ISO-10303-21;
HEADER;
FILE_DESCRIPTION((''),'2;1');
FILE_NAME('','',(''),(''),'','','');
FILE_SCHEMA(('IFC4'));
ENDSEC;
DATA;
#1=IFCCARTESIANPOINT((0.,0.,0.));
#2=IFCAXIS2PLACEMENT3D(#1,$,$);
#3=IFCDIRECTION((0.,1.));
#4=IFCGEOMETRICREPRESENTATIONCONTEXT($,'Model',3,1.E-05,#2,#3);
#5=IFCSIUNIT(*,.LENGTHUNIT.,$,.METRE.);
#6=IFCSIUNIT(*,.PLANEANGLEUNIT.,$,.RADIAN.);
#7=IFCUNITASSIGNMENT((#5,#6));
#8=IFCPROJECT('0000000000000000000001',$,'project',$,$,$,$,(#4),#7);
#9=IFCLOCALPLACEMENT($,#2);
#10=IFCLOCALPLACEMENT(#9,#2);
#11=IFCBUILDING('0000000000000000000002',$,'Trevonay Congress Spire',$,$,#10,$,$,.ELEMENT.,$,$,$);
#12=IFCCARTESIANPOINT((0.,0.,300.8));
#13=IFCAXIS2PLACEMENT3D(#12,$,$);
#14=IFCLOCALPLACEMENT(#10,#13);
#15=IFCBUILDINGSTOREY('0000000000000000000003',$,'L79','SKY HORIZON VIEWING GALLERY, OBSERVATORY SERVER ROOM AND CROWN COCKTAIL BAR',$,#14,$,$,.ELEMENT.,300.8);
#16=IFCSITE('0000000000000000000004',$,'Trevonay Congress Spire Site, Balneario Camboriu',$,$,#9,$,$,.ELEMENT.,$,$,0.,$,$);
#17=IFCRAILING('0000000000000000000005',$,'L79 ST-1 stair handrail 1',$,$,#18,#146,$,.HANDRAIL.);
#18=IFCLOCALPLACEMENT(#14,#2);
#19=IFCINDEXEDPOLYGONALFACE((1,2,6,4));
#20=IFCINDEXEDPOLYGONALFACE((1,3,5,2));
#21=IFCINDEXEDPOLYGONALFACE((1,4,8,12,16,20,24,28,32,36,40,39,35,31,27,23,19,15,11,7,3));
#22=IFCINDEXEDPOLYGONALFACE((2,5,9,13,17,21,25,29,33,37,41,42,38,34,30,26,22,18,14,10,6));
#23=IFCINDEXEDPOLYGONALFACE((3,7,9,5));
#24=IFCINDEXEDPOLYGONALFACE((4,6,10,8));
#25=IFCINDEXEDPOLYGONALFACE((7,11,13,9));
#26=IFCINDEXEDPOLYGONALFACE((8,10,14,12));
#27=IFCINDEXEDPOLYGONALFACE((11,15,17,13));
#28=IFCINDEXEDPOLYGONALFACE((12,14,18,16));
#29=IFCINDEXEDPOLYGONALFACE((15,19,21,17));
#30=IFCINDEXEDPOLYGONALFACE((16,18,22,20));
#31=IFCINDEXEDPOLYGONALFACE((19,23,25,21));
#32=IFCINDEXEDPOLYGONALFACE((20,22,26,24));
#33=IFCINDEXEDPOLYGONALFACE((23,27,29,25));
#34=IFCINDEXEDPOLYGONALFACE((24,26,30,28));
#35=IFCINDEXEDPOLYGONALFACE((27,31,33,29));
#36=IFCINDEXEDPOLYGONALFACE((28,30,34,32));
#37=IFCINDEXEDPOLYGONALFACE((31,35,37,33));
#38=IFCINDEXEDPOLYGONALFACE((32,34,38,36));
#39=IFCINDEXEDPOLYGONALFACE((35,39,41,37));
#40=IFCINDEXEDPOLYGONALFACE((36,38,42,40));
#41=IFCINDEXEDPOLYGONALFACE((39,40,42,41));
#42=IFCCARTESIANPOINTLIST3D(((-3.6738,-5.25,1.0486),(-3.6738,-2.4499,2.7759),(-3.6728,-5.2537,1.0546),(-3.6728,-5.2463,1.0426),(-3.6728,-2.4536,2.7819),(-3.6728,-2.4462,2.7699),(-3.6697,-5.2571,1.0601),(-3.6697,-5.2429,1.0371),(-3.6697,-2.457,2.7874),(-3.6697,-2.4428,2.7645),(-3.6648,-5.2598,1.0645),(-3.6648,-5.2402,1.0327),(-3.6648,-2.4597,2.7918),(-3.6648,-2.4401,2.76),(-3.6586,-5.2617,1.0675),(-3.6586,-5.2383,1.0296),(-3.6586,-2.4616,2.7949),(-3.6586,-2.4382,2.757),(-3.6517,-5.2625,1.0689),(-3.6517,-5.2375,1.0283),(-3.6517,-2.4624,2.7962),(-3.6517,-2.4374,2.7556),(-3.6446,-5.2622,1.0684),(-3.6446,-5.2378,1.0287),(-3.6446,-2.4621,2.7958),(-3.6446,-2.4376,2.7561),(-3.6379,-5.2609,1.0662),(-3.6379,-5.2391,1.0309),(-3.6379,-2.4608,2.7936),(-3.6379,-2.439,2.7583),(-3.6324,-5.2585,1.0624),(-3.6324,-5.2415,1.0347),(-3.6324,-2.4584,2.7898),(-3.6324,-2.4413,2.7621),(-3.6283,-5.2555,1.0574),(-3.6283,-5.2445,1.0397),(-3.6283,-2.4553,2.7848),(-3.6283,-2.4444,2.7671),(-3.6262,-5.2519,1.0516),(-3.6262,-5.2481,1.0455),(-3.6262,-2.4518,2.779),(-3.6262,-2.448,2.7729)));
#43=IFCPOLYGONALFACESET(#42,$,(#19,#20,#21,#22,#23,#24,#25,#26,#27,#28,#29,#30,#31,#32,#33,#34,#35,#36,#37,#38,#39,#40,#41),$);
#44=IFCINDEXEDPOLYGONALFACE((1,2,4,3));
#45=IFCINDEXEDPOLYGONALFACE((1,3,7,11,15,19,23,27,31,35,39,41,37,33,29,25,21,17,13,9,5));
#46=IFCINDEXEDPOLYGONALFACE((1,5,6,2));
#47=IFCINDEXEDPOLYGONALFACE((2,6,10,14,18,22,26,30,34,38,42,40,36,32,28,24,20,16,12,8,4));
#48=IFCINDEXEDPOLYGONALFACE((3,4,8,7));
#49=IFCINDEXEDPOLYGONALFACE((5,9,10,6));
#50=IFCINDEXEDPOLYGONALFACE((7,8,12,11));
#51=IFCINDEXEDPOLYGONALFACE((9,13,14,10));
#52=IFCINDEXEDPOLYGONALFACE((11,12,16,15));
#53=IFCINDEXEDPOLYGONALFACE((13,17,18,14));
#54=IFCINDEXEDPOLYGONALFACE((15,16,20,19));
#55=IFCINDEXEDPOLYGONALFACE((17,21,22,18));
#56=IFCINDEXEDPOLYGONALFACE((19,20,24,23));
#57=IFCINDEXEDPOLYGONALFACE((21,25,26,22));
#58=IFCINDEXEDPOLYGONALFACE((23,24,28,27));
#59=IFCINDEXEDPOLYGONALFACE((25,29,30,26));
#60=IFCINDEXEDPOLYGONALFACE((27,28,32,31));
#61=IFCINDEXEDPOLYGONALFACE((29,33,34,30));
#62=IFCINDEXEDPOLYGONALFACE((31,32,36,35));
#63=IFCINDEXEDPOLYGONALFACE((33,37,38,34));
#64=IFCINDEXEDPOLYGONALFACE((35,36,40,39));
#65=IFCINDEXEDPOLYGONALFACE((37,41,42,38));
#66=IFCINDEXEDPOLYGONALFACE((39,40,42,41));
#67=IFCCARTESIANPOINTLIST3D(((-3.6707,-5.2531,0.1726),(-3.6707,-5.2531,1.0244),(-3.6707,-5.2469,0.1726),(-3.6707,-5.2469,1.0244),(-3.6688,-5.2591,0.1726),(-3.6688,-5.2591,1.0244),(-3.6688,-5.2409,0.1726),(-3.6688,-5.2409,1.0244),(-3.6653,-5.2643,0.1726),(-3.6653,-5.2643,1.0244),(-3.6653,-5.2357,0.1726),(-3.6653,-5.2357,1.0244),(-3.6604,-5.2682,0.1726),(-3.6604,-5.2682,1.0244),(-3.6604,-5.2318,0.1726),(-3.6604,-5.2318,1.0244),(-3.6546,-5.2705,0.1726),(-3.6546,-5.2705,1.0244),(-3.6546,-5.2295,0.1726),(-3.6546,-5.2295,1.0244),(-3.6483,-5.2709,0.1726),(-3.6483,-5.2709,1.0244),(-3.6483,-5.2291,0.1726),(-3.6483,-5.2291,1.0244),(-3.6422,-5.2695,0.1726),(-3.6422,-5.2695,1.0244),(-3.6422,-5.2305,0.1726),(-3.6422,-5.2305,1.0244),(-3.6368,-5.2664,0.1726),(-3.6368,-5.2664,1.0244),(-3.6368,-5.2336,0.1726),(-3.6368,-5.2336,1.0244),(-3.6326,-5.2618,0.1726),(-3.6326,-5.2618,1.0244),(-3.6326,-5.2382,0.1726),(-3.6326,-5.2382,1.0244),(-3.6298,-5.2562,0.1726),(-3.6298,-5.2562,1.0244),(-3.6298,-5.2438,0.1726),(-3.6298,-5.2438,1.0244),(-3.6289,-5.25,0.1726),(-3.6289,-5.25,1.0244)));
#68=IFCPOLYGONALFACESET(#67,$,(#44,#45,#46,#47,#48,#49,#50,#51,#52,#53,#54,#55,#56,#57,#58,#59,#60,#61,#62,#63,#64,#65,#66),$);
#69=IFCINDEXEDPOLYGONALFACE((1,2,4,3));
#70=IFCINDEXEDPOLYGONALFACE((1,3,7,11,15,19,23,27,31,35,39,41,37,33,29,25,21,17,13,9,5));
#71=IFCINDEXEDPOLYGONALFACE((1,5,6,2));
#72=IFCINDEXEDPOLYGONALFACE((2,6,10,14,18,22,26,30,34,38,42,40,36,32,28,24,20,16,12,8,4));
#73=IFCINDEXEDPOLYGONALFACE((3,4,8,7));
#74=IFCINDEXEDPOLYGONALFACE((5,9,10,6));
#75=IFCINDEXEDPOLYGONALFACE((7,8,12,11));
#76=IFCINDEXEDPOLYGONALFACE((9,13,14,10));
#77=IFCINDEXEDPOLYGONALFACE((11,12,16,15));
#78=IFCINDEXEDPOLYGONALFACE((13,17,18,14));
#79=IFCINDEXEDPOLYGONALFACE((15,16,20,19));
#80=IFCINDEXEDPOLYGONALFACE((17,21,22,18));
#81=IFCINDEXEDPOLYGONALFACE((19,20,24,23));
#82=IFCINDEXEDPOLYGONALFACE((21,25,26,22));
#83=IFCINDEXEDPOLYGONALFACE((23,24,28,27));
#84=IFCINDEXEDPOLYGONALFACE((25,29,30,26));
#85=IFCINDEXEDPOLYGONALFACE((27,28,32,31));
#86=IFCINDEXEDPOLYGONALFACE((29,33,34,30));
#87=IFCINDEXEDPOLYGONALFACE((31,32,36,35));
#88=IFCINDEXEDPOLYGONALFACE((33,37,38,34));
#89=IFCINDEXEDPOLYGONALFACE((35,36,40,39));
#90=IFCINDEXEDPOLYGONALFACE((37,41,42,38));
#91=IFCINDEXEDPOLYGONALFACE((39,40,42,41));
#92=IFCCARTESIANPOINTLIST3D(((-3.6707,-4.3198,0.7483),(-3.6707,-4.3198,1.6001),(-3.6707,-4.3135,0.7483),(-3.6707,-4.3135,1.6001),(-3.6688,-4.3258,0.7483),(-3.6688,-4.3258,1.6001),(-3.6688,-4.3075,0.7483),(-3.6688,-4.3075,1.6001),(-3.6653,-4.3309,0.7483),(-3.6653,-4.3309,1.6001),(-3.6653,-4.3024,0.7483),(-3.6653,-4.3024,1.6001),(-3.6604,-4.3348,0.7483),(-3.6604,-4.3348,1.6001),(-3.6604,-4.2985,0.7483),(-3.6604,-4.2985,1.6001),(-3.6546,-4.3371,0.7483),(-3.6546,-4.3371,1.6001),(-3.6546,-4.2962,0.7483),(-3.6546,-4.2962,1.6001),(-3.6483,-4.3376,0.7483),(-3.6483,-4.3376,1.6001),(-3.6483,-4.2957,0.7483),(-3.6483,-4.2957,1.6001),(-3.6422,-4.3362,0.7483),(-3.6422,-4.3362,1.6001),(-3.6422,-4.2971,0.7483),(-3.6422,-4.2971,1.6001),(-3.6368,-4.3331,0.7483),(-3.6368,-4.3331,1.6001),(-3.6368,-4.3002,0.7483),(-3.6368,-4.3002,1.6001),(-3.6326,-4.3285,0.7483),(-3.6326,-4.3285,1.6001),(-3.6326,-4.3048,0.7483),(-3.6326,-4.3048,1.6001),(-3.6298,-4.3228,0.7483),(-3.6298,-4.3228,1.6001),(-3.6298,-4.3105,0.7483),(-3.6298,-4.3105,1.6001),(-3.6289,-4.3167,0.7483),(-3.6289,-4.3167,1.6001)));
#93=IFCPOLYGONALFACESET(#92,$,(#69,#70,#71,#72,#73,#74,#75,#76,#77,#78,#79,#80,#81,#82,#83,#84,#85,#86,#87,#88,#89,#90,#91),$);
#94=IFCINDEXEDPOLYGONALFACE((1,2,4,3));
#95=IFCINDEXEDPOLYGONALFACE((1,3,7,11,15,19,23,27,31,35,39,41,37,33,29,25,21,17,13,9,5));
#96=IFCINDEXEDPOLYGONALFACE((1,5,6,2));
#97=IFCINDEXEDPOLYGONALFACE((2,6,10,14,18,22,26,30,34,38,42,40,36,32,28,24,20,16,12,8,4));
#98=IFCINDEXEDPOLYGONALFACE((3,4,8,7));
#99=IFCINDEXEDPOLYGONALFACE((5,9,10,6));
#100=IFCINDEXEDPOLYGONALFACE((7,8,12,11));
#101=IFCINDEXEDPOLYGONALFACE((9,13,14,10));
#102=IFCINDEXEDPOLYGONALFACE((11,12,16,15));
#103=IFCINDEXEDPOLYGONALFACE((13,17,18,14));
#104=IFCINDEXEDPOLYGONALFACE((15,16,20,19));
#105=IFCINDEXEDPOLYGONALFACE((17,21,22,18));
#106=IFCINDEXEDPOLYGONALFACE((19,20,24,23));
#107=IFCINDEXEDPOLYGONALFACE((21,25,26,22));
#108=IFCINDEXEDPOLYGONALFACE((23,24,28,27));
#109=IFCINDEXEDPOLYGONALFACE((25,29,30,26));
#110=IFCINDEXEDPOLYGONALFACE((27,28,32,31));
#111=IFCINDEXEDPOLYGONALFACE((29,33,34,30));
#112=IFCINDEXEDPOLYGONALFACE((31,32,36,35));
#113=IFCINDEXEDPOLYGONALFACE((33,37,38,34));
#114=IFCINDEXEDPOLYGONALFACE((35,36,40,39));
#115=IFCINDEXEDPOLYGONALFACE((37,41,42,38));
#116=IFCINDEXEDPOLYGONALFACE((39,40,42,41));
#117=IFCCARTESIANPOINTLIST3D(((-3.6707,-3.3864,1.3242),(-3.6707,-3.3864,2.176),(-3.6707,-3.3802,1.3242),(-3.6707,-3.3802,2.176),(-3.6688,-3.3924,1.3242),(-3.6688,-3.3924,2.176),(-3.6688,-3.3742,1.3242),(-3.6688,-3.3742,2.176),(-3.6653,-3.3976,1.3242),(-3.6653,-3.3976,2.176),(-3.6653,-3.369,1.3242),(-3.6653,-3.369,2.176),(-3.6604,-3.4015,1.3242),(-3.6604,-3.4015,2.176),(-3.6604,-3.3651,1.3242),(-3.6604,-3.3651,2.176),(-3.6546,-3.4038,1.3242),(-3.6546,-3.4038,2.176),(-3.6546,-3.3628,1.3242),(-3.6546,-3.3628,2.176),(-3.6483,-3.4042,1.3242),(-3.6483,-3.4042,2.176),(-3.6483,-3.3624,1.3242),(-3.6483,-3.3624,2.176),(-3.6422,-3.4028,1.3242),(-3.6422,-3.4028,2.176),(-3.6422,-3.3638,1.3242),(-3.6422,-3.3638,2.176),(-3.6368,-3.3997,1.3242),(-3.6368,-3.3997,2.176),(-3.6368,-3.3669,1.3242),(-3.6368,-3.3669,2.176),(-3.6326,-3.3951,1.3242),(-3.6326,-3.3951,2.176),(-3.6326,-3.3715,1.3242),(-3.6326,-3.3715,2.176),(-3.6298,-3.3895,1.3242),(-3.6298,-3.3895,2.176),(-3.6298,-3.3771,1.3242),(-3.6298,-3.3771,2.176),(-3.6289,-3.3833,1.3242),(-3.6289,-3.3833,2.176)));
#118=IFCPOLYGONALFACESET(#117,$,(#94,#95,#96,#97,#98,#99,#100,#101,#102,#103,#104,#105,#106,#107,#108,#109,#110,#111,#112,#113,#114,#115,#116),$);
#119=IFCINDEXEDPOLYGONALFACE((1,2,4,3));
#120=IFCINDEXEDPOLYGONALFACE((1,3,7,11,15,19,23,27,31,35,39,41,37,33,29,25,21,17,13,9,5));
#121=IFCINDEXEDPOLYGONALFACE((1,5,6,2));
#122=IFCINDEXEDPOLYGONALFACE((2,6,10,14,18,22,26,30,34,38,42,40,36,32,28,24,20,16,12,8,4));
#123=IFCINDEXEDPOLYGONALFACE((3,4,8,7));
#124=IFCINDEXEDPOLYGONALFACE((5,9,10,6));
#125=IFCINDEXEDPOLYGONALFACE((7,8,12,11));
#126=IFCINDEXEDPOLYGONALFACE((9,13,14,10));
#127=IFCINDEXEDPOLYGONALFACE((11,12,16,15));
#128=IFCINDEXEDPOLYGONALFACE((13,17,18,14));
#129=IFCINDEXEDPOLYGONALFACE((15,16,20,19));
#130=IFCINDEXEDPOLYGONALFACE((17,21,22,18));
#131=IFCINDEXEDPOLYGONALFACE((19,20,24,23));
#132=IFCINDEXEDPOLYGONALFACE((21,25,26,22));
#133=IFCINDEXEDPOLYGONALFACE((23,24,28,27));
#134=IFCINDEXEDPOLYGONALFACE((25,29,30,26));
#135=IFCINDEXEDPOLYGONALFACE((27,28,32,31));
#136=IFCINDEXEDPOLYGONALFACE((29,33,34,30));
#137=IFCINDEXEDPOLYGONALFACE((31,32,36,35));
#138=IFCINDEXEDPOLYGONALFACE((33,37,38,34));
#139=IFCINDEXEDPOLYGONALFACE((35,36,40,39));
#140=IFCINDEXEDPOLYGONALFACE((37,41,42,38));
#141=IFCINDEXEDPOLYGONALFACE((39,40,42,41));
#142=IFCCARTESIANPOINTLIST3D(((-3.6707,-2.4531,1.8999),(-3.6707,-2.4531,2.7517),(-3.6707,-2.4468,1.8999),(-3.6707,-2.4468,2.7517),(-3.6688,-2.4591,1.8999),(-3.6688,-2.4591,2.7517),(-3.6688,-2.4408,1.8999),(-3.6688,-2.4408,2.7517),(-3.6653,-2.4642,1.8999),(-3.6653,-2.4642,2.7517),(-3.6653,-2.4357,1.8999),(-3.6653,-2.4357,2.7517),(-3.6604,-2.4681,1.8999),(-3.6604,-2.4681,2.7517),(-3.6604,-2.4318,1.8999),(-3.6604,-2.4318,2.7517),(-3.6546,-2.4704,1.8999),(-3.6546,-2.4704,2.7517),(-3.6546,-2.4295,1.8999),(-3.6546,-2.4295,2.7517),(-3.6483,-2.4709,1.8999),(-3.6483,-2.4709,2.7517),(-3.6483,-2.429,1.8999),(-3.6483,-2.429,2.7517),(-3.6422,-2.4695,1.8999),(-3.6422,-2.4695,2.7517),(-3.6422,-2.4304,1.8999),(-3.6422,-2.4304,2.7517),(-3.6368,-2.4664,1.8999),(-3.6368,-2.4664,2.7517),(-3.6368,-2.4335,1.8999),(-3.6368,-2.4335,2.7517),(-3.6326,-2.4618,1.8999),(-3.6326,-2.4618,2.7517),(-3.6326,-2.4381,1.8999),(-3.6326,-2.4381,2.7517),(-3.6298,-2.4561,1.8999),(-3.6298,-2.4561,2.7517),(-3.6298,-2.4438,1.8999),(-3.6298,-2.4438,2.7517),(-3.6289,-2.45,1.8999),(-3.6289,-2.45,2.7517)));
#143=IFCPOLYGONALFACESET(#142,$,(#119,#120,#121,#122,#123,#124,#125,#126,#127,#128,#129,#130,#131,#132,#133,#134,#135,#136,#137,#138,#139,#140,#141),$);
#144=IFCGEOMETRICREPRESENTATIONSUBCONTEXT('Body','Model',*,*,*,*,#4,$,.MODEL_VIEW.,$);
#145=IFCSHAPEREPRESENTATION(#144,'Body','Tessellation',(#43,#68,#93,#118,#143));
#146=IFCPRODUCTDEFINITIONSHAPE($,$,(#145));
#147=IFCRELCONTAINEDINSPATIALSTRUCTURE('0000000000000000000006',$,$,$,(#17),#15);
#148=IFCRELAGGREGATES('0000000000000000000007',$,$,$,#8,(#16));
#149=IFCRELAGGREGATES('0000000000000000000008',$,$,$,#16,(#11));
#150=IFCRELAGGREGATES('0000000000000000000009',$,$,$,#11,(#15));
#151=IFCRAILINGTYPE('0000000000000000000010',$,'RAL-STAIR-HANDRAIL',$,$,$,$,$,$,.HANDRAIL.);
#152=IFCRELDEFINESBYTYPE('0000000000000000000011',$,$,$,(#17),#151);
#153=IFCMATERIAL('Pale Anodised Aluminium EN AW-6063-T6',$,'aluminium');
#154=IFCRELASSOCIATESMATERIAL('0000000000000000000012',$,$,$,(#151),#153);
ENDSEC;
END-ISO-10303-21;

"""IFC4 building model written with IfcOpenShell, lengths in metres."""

from ifc_helpers import new_model, si_unit, direction, frame, origin, origin_2d, place, context, subcontext, project, spatial, circle, extrude, material, type_object, element, save


model = new_model("IFC4")

# Units and contexts
model_context = context("Model", 3, precision=1e-05, world=origin(), true_north=direction((0.0, 1.0)))
body_context = subcontext(model_context, "Body", "Model", "MODEL_VIEW")
ifc_project = project(units=[si_unit("LENGTHUNIT", "METRE"), si_unit("PLANEANGLEUNIT", "RADIAN")], contexts=[model_context])

# Site, building, storey
site_placement = place(None, origin())
site = spatial("IfcSite", under=ifc_project, at=site_placement, Name="Trevonay Congress Spire Site, Balneario Camboriu", CompositionType="ELEMENT", RefElevation=0.0)
building_placement = place(site_placement, origin())
building = spatial("IfcBuilding", under=site, at=building_placement, Name="Trevonay Congress Spire", CompositionType="ELEMENT")
storey_placement = place(building_placement, frame((0.0, 0.0, 300.8)))
storey = spatial("IfcBuildingStorey", under=building, at=storey_placement, Name="L79", Description="SKY HORIZON VIEWING GALLERY, OBSERVATORY SERVER ROOM AND CROWN COCKTAIL BAR", CompositionType="ELEMENT", Elevation=300.8)

# Railing
ifc_material_1 = material(Name="Pale Anodised Aluminium EN AW-6063-T6", Category="aluminium")
railing_type_1 = type_object("IfcRailingType", Name="RAL-STAIR-HANDRAIL", PredefinedType="HANDRAIL", material=ifc_material_1)
railing_1_placement = place(storey_placement, frame((-3.6499, -5.25, 0.1726)))
element("IfcRailing", 1, at=railing_1_placement, inside=storey, type_object=railing_type_1, Name="L79 ST-1 stair handrail 1", PredefinedType="HANDRAIL", context=body_context, shape_type="SweptSolid", body=[
    extrude(circle(Radius=0.0239, at=origin_2d()), frame((0.0, 0.0, 0.876), z_axis=(0.0, 0.85109, 0.52502), x_axis=(-1.0, 0.0, 0.0)), (0.0, 0.0, 1.0), 3.29),
    extrude(circle(Radius=0.021, at=origin_2d()), origin(), (0.0, 0.0, 1.0), 0.8518),
    extrude(circle(Radius=0.021, at=origin_2d()), frame((0.0, 0.9333, 0.5757)), (0.0, 0.0, 1.0), 0.8518),
    extrude(circle(Radius=0.021, at=origin_2d()), frame((0.0, 1.8667, 1.1516)), (0.0, 0.0, 1.0), 0.8518),
    extrude(circle(Radius=0.021, at=origin_2d()), frame((0.0, 2.8, 1.7273)), (0.0, 0.0, 1.0), 0.8518),
])

save(model, "model.ifc")
